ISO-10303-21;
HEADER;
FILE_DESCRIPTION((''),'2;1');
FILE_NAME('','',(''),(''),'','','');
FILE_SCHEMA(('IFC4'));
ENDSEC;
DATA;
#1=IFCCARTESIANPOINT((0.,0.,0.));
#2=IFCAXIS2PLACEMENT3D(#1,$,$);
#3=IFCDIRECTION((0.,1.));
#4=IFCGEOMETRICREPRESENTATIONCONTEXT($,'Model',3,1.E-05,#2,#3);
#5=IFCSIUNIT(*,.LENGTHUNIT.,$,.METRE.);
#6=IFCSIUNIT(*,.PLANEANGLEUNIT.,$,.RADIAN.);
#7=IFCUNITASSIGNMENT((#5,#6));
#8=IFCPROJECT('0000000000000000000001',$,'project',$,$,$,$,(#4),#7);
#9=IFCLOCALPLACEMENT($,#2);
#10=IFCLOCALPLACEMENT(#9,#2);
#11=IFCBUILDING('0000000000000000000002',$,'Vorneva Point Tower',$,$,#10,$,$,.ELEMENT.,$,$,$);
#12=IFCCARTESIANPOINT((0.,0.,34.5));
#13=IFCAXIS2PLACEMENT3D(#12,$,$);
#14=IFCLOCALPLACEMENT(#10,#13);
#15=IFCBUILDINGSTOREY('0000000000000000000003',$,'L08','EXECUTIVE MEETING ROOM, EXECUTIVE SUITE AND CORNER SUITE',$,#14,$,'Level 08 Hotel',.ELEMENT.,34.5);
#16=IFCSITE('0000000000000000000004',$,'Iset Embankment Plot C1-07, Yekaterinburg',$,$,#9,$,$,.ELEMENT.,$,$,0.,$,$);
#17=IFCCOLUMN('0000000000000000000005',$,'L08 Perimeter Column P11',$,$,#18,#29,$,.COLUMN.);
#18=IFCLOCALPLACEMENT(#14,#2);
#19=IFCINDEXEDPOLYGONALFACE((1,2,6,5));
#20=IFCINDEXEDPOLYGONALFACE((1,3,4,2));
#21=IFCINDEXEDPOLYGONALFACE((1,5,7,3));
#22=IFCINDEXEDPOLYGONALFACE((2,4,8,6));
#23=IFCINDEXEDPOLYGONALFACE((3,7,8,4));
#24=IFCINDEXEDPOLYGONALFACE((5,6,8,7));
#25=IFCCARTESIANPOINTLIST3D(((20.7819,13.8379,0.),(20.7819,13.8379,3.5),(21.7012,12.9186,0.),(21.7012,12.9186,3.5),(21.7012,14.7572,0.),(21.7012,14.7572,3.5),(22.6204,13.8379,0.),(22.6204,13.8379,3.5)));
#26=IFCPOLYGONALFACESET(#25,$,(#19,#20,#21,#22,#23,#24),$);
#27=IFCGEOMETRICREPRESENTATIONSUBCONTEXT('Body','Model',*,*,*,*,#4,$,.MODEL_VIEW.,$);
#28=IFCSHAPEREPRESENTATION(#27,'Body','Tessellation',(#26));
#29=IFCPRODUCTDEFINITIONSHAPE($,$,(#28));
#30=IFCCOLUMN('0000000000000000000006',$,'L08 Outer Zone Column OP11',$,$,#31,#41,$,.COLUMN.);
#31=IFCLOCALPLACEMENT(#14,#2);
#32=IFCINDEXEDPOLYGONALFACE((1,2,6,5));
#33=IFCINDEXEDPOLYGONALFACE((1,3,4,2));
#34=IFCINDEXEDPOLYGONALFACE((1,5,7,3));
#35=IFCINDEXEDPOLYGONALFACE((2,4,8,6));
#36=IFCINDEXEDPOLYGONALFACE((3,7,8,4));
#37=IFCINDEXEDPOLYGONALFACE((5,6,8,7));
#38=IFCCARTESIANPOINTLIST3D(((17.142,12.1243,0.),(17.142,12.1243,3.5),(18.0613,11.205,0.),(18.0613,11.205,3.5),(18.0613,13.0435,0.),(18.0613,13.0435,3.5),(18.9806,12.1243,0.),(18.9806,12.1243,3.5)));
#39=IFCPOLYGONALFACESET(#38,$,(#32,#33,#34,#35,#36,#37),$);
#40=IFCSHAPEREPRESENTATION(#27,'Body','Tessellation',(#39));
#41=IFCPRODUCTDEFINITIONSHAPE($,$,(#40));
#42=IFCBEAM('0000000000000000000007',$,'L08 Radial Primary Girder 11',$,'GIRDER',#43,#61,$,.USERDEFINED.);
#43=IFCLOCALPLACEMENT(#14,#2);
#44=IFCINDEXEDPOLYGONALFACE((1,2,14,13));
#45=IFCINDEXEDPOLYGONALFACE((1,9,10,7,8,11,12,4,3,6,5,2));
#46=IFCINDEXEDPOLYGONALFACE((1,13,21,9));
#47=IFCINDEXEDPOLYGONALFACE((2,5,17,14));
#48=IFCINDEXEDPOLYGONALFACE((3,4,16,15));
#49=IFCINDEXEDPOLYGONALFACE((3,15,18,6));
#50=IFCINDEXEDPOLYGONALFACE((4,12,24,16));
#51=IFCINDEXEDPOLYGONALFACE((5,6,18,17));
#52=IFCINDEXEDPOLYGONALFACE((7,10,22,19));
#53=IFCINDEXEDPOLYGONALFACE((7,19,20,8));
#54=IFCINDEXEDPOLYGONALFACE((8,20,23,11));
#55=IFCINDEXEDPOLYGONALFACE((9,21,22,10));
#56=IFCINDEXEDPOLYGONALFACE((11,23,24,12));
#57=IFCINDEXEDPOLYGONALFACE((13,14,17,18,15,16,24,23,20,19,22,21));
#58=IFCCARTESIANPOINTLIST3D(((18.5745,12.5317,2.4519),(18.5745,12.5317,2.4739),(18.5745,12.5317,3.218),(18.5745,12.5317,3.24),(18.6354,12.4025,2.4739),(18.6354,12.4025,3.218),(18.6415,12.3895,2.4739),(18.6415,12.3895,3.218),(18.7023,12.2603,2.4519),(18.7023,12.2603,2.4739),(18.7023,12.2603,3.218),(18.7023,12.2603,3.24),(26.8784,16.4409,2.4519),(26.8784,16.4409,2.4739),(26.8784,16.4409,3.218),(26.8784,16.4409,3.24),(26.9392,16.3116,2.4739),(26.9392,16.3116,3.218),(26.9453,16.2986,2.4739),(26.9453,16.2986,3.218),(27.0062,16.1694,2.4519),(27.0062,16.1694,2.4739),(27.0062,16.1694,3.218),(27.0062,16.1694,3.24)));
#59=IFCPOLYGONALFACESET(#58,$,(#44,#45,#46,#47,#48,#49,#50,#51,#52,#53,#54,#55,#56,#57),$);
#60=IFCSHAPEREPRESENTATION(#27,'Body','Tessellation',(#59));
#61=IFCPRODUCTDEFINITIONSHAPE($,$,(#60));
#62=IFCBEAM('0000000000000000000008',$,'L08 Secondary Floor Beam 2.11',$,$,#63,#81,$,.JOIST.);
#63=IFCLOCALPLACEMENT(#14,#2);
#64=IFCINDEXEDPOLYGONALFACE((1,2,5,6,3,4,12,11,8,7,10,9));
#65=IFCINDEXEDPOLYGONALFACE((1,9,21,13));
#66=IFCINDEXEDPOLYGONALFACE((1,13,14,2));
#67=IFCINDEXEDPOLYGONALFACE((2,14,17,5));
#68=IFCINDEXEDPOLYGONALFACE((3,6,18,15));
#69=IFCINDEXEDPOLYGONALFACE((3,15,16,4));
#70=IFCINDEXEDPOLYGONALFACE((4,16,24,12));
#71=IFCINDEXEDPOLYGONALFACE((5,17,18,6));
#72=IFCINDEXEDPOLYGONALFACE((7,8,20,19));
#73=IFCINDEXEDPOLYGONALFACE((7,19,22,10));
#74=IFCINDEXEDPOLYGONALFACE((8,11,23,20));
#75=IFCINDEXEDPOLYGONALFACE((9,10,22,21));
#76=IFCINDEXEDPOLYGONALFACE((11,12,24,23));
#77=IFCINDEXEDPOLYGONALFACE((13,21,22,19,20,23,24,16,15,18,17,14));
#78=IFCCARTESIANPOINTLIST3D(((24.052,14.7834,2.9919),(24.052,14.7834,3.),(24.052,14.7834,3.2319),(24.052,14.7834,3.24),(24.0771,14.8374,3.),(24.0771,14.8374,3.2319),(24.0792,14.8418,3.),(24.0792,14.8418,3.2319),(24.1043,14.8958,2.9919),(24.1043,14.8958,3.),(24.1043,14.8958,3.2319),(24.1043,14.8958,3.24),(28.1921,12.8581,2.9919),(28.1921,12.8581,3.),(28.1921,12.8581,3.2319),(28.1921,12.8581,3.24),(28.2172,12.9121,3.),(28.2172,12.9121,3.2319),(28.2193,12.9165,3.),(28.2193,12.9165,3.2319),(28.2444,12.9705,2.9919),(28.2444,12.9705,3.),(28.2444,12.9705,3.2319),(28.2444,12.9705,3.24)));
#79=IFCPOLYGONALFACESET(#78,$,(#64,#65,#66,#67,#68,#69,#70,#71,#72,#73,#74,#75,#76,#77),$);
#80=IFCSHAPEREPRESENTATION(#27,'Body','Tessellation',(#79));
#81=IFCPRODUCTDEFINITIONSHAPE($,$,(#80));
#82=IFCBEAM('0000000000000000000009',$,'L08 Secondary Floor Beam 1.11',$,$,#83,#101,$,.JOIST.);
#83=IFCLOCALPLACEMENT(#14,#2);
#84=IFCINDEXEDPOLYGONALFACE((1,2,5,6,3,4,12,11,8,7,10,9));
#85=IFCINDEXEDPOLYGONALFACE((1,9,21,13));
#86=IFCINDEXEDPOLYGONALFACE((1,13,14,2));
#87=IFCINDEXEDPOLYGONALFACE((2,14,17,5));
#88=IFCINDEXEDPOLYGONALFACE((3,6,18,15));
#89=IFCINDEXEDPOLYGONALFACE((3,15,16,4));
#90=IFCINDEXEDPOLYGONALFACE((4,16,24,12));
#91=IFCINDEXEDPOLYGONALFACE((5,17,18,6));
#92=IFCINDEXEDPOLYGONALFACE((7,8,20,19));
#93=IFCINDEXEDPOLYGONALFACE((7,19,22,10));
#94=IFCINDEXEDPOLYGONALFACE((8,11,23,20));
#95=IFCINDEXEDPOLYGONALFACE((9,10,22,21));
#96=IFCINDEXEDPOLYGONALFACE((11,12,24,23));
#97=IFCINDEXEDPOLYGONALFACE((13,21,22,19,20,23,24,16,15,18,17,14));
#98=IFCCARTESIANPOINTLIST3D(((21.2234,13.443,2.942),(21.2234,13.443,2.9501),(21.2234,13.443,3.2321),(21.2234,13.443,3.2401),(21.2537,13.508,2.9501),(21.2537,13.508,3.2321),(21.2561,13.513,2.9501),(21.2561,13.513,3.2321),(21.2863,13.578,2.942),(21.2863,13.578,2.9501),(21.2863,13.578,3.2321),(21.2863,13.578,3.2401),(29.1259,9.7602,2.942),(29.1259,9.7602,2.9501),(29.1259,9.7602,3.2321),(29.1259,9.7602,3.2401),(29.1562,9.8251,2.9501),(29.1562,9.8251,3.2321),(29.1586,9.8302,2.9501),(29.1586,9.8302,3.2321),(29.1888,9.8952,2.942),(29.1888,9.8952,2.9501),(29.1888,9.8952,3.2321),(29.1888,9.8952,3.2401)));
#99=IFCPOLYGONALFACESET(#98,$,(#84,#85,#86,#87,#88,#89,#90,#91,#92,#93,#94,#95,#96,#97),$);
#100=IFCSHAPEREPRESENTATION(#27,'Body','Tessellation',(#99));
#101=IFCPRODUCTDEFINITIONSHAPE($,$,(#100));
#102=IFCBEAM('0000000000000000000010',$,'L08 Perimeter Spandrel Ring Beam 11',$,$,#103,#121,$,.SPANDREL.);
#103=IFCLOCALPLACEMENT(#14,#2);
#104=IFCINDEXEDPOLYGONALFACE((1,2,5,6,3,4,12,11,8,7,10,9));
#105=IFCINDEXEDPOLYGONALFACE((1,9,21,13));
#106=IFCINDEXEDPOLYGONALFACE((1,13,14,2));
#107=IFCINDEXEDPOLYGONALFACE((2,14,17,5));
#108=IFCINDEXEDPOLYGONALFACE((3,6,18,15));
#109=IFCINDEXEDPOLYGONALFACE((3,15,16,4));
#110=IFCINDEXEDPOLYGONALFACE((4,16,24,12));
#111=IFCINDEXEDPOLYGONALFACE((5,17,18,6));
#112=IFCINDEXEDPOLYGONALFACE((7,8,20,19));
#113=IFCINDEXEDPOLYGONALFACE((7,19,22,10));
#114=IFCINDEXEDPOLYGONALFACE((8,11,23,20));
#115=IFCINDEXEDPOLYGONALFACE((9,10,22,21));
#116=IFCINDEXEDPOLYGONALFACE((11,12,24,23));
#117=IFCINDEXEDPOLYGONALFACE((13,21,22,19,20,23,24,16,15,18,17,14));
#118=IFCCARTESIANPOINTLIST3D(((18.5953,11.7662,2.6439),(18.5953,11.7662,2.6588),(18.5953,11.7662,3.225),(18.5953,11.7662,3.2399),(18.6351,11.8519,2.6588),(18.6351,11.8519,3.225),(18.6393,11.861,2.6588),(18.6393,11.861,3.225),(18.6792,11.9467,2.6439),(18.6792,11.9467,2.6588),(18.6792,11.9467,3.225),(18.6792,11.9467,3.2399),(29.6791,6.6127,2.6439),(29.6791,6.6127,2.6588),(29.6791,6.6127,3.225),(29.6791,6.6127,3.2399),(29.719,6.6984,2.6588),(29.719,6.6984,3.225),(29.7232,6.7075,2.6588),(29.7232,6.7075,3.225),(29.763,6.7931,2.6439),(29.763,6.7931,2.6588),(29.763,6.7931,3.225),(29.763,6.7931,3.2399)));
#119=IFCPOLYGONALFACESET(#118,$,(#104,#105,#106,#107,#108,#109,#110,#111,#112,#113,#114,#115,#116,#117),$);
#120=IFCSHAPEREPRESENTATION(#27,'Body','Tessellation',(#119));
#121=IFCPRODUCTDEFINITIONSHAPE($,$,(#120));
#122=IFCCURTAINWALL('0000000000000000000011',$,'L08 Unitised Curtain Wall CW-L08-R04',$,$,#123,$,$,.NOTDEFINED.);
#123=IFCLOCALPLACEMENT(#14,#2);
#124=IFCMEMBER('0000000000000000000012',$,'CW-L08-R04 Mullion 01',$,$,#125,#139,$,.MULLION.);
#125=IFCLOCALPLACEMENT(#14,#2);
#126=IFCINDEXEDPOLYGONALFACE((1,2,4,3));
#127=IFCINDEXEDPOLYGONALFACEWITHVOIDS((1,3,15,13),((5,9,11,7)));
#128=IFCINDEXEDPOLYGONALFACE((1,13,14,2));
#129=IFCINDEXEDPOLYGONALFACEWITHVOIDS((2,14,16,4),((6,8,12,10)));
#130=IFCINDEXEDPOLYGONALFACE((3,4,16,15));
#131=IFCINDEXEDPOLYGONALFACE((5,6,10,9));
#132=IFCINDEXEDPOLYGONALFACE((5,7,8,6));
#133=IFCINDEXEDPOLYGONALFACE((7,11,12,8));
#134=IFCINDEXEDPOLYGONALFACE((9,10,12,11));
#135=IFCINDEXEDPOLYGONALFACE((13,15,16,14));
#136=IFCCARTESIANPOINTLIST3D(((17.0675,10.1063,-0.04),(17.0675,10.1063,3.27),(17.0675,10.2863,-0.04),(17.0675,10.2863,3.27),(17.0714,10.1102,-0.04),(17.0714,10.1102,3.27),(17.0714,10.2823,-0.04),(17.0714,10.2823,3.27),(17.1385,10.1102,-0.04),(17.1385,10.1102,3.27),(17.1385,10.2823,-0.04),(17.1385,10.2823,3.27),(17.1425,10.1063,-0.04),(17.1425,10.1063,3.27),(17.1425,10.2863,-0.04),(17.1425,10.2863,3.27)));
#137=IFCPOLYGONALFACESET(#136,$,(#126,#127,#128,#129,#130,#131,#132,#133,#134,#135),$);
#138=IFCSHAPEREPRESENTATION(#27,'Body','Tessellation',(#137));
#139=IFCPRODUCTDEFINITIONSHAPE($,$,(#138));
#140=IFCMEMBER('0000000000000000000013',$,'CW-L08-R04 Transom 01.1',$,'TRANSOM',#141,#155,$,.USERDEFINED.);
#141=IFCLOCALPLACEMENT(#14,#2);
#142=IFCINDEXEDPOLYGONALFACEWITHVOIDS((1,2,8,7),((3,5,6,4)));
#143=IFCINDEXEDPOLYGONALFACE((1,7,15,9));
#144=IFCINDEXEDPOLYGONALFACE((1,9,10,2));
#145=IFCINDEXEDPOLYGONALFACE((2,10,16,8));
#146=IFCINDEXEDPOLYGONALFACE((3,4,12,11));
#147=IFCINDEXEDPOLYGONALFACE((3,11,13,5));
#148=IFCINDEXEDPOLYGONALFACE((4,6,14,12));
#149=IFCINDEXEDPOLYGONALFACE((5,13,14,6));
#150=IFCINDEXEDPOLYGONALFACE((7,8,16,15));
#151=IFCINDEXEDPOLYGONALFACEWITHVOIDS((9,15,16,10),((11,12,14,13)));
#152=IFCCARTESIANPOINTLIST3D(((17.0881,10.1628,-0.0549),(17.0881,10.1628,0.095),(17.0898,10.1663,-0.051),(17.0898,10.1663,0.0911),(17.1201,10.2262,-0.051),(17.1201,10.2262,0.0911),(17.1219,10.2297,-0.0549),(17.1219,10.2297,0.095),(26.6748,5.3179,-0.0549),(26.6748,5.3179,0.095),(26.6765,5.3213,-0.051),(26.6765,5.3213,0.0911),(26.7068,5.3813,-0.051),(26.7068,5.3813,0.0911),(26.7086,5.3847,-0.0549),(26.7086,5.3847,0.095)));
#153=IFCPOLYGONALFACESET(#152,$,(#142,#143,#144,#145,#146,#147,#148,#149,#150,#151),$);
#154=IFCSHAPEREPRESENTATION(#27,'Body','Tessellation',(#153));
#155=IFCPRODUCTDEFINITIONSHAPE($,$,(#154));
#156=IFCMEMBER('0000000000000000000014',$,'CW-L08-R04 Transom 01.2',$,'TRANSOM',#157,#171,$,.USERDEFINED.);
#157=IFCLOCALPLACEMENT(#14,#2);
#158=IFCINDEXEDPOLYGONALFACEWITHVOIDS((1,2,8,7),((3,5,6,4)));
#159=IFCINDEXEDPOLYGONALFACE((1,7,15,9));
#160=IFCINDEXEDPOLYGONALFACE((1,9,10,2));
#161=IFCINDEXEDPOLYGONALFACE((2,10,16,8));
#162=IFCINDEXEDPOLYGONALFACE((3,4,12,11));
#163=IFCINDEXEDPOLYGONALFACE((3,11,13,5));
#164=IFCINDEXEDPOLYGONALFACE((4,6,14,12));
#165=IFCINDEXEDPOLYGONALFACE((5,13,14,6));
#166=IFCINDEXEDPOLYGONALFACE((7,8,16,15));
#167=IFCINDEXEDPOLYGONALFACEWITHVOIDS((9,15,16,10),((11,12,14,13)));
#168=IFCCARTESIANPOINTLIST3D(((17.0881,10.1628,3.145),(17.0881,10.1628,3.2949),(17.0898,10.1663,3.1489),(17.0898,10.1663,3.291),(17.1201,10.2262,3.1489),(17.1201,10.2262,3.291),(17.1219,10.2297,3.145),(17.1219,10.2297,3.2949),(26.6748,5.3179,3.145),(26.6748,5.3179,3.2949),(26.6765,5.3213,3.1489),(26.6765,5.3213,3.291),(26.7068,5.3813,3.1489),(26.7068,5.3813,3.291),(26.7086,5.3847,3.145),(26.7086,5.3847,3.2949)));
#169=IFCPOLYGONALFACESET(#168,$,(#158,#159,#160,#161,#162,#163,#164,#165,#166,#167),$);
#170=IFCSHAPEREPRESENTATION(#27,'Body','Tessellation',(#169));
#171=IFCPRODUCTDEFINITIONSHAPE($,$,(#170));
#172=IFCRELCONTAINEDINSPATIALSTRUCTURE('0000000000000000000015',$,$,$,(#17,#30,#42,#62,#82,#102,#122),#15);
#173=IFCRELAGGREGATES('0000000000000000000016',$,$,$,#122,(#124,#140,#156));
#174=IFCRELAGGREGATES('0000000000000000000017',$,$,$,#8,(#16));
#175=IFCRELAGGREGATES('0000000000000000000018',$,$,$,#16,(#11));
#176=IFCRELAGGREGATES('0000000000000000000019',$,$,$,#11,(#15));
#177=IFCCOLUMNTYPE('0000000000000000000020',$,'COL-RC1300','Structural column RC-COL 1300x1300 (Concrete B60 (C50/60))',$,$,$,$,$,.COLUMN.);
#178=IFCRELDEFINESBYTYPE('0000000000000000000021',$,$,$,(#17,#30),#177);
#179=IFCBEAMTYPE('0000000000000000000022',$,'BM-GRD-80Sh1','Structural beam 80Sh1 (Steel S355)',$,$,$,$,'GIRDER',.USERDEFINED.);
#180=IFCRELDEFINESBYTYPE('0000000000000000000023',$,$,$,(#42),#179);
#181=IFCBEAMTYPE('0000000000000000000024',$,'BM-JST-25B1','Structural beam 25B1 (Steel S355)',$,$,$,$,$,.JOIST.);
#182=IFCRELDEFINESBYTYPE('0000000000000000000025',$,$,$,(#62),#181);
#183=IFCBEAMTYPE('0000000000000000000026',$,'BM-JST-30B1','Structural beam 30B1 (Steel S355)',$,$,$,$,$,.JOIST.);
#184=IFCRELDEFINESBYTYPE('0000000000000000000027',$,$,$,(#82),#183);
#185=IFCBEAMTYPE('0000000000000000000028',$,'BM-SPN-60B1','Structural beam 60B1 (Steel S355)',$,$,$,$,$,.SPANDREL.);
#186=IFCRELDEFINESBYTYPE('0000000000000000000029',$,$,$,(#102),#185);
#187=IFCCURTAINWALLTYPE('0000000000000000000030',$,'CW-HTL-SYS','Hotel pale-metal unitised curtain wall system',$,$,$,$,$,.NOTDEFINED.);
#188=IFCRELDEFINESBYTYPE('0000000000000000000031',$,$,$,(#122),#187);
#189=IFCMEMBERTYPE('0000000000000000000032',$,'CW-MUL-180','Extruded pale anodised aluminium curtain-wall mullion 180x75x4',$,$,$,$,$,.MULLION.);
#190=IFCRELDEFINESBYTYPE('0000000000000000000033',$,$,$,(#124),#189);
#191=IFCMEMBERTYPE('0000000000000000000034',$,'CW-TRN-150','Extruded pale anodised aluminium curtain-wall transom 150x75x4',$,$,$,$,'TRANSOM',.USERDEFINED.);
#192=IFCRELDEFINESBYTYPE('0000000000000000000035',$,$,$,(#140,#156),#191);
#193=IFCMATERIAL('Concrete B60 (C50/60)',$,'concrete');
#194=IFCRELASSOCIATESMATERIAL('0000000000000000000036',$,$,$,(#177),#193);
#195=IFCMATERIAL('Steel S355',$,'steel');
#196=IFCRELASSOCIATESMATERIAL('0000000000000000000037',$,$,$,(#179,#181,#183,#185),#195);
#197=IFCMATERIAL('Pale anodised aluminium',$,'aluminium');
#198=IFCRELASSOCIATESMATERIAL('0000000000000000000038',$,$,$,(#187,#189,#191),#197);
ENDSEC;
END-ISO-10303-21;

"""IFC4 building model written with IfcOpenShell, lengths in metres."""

from ifc_helpers import new_model, si_unit, direction, frame, origin, origin_2d, place, context, subcontext, project, spatial, rectangle, hollow_rectangle, i_section, extrude, material, material_profile, profile_set, type_object, element, aggregate, save


model = new_model("IFC4")

# Units and contexts
model_context = context("Model", 3, precision=1e-05, world=origin(), true_north=direction((0.0, 1.0)))
body_context = subcontext(model_context, "Body", "Model", "MODEL_VIEW")
ifc_project = project(units=[si_unit("LENGTHUNIT", "METRE"), si_unit("PLANEANGLEUNIT", "RADIAN")], contexts=[model_context])

# Site, building, storey
site_placement = place(None, origin())
site = spatial("IfcSite", under=ifc_project, at=site_placement, Name="Iset Embankment Plot C1-07, Yekaterinburg", CompositionType="ELEMENT", RefElevation=0.0)
building_placement = place(site_placement, origin())
building = spatial("IfcBuilding", under=site, at=building_placement, Name="Vorneva Point Tower", CompositionType="ELEMENT")
storey_placement = place(building_placement, frame((0.0, 0.0, 34.5)))
storey = spatial("IfcBuildingStorey", under=building, at=storey_placement, Name="L08", Description="EXECUTIVE MEETING ROOM, EXECUTIVE SUITE AND CORNER SUITE", LongName="Level 08 Hotel", CompositionType="ELEMENT", Elevation=34.5)

# Columns
ifc_material_1 = material(Name="Concrete B60 (C50/60)", Category="concrete")
ifc_material_profile_1 = material_profile(ifc_material_1, rectangle(XDim=1.3, YDim=1.3, at=origin_2d()), Name="RC-COL 1300x1300")
ifc_profile_set_1 = profile_set([ifc_material_profile_1], Name="Concrete B60 (C50/60)")
column_type = type_object("IfcColumnType", Name="COL-RC1300", Description="Structural column RC-COL 1300x1300 (Concrete B60 (C50/60))", PredefinedType="COLUMN", material=ifc_profile_set_1)
for number, where, z_axis, x_axis, name in (
    (1, (21.7012, 13.8379, 0.0), (0.0, 0.0, 1.0), (-0.707107, -0.707107, 0.0), "L08 Perimeter Column P11"),
    (2, (18.0613, 12.1243, 0.0), (0.0, 0.0, 1.0), (-0.707107, -0.707107, 0.0), "L08 Outer Zone Column OP11"),
):
    element("IfcColumn", number, at=place(storey_placement, frame(where, z_axis=z_axis, x_axis=x_axis)), inside=storey, type_object=column_type, Name=name, PredefinedType="COLUMN", context=body_context, shape_type="SweptSolid", body=[
        extrude(rectangle(XDim=1.3, YDim=1.3, at=origin_2d()), origin(), (0.0, 0.0, 1.0), 3.5),
    ])

# Beams
ifc_material_2 = material(Name="Steel S355", Category="steel")
ifc_material_profile_2 = material_profile(ifc_material_2, i_section(OverallWidth=0.3, OverallDepth=0.7881, WebThickness=0.0144, FlangeThickness=0.022, at=origin_2d()), Name="80Sh1")
ifc_profile_set_2 = profile_set([ifc_material_profile_2], Name="Steel S355")
beam_type_1 = type_object("IfcBeamType", Name="BM-GRD-80Sh1", Description="Structural beam 80Sh1 (Steel S355)", ElementType="GIRDER", PredefinedType="USERDEFINED", material=ifc_profile_set_2)
beam_1_placement = place(storey_placement, frame((18.6384, 12.396, 2.8459), z_axis=(0.904758, 0.425925, 0.0), x_axis=(-0.425925, 0.904758, 0.0)))
element("IfcBeam", 3, at=beam_1_placement, inside=storey, type_object=beam_type_1, Name="L08 Radial Primary Girder 11", ObjectType="GIRDER", PredefinedType="USERDEFINED", context=body_context, shape_type="SweptSolid", body=[
    extrude(i_section(OverallWidth=0.3, OverallDepth=0.7881, WebThickness=0.0144, FlangeThickness=0.022, at=origin_2d()), origin(), (0.0, 0.0, 1.0), 9.178),
])
ifc_material_profile_3 = material_profile(ifc_material_2, i_section(OverallWidth=0.124, OverallDepth=0.248, WebThickness=0.0049, FlangeThickness=0.0081, at=origin_2d()), Name="25B1")
ifc_profile_set_3 = profile_set([ifc_material_profile_3], Name="Steel S355")
beam_type_2 = type_object("IfcBeamType", Name="BM-JST-25B1", Description="Structural beam 25B1 (Steel S355)", PredefinedType="JOIST", material=ifc_profile_set_3)
beam_2_placement = place(storey_placement, frame((24.0781, 14.8396, 3.116), z_axis=(0.906751, -0.421667, 0.0), x_axis=(0.421667, 0.906751, 0.0)))
element("IfcBeam", 4, at=beam_2_placement, inside=storey, type_object=beam_type_2, Name="L08 Secondary Floor Beam 2.11", PredefinedType="JOIST", context=body_context, shape_type="SweptSolid", body=[
    extrude(i_section(OverallWidth=0.124, OverallDepth=0.248, WebThickness=0.0049, FlangeThickness=0.0081, at=origin_2d()), origin(), (0.0, 0.0, 1.0), 4.5659),
])
ifc_material_profile_4 = material_profile(ifc_material_2, i_section(OverallWidth=0.1489, OverallDepth=0.2981, WebThickness=0.0056, FlangeThickness=0.0081, at=origin_2d()), Name="30B1")
ifc_profile_set_4 = profile_set([ifc_material_profile_4], Name="Steel S355")
beam_type_3 = type_object("IfcBeamType", Name="BM-JST-30B1", Description="Structural beam 30B1 (Steel S355)", PredefinedType="JOIST", material=ifc_profile_set_4)
beam_3_placement = place(storey_placement, frame((21.2549, 13.5105, 3.0911), z_axis=(0.906403, -0.422413, 0.0), x_axis=(0.422413, 0.906403, 0.0)))
element("IfcBeam", 5, at=beam_3_placement, inside=storey, type_object=beam_type_3, Name="L08 Secondary Floor Beam 1.11", PredefinedType="JOIST", context=body_context, shape_type="SweptSolid", body=[
    extrude(i_section(OverallWidth=0.1489, OverallDepth=0.2981, WebThickness=0.0056, FlangeThickness=0.0081, at=origin_2d()), origin(), (0.0, 0.0, 1.0), 8.7185),
])
ifc_material_profile_5 = material_profile(ifc_material_2, i_section(OverallWidth=0.199, OverallDepth=0.5959, WebThickness=0.01, FlangeThickness=0.0149, at=origin_2d()), Name="60B1")
ifc_profile_set_5 = profile_set([ifc_material_profile_5], Name="Steel S355")
beam_type_4 = type_object("IfcBeamType", Name="BM-SPN-60B1", Description="Structural beam 60B1 (Steel S355)", PredefinedType="SPANDREL", material=ifc_profile_set_5)
beam_4_placement = place(storey_placement, frame((18.6372, 11.8564, 2.9419), z_axis=(0.906777, -0.421611, 0.0), x_axis=(0.421611, 0.906777, 0.0)))
element("IfcBeam", 6, at=beam_4_placement, inside=storey, type_object=beam_type_4, Name="L08 Perimeter Spandrel Ring Beam 11", PredefinedType="SPANDREL", context=body_context, shape_type="SweptSolid", body=[
    extrude(i_section(OverallWidth=0.199, OverallDepth=0.5959, WebThickness=0.01, FlangeThickness=0.0149, at=origin_2d()), origin(), (0.0, 0.0, 1.0), 12.2234),
])

# Curtain wall, members
ifc_material_3 = material(Name="Pale anodised aluminium", Category="aluminium")
curtain_wall_type = type_object("IfcCurtainWallType", Name="CW-HTL-SYS", Description="Hotel pale-metal unitised curtain wall system", PredefinedType="NOTDEFINED", material=ifc_material_3)
curtain_wall_placement = place(storey_placement, origin())
curtain_wall = element("IfcCurtainWall", 7, at=curtain_wall_placement, inside=storey, type_object=curtain_wall_type, Name="L08 Unitised Curtain Wall CW-L08-R04", PredefinedType="NOTDEFINED")
ifc_material_profile_6 = material_profile(ifc_material_3, hollow_rectangle(XDim=0.075, YDim=0.1799, WallThickness=0.0039, at=origin_2d()), Name="AL-MUL 180x75x4")
ifc_profile_set_6 = profile_set([ifc_material_profile_6], Name="Pale anodised aluminium")
member_type_1 = type_object("IfcMemberType", Name="CW-MUL-180", Description="Extruded pale anodised aluminium curtain-wall mullion 180x75x4", PredefinedType="MULLION", material=ifc_profile_set_6)
member_1_placement = place(storey_placement, frame((17.105, 10.1963, -0.04), z_axis=(0.0, 0.0, 1.0), x_axis=(1.0, 0.0, 0.0)))
member_1 = element("IfcMember", 8, at=member_1_placement, type_object=member_type_1, Name="CW-L08-R04 Mullion 01", PredefinedType="MULLION", context=body_context, shape_type="SweptSolid", body=[
    extrude(hollow_rectangle(XDim=0.075, YDim=0.1799, WallThickness=0.0039, at=origin_2d()), origin(), (0.0, 0.0, 1.0), 3.3101),
])
ifc_material_profile_7 = material_profile(ifc_material_3, hollow_rectangle(XDim=0.075, YDim=0.1499, WallThickness=0.0039, at=origin_2d()), Name="AL-TRN 150x75x4")
ifc_profile_set_7 = profile_set([ifc_material_profile_7], Name="Pale anodised aluminium")
member_type_2 = type_object("IfcMemberType", Name="CW-TRN-150", Description="Extruded pale anodised aluminium curtain-wall transom 150x75x4", ElementType="TRANSOM", PredefinedType="USERDEFINED", material=ifc_profile_set_7)
member_2_placement = place(storey_placement, frame((17.105, 10.1963, 0.02), z_axis=(0.892496, -0.451055, 0.0), x_axis=(0.451055, 0.892496, 0.0)))
member_2 = element("IfcMember", 9, at=member_2_placement, type_object=member_type_2, Name="CW-L08-R04 Transom 01.1", ObjectType="TRANSOM", PredefinedType="USERDEFINED", context=body_context, shape_type="SweptSolid", body=[
    extrude(hollow_rectangle(XDim=0.075, YDim=0.1499, WallThickness=0.0039, at=origin_2d()), origin(), (0.0, 0.0, 1.0), 10.7415),
])
member_3_placement = place(storey_placement, frame((17.105, 10.1963, 3.22), z_axis=(0.892496, -0.451055, 0.0), x_axis=(0.451055, 0.892496, 0.0)))
member_3 = element("IfcMember", 10, at=member_3_placement, type_object=member_type_2, Name="CW-L08-R04 Transom 01.2", ObjectType="TRANSOM", PredefinedType="USERDEFINED", context=body_context, shape_type="SweptSolid", body=[
    extrude(hollow_rectangle(XDim=0.075, YDim=0.1499, WallThickness=0.0039, at=origin_2d()), origin(), (0.0, 0.0, 1.0), 10.7415),
])
aggregate(curtain_wall, [member_1, member_2, member_3])

save(model, "model.ifc")
